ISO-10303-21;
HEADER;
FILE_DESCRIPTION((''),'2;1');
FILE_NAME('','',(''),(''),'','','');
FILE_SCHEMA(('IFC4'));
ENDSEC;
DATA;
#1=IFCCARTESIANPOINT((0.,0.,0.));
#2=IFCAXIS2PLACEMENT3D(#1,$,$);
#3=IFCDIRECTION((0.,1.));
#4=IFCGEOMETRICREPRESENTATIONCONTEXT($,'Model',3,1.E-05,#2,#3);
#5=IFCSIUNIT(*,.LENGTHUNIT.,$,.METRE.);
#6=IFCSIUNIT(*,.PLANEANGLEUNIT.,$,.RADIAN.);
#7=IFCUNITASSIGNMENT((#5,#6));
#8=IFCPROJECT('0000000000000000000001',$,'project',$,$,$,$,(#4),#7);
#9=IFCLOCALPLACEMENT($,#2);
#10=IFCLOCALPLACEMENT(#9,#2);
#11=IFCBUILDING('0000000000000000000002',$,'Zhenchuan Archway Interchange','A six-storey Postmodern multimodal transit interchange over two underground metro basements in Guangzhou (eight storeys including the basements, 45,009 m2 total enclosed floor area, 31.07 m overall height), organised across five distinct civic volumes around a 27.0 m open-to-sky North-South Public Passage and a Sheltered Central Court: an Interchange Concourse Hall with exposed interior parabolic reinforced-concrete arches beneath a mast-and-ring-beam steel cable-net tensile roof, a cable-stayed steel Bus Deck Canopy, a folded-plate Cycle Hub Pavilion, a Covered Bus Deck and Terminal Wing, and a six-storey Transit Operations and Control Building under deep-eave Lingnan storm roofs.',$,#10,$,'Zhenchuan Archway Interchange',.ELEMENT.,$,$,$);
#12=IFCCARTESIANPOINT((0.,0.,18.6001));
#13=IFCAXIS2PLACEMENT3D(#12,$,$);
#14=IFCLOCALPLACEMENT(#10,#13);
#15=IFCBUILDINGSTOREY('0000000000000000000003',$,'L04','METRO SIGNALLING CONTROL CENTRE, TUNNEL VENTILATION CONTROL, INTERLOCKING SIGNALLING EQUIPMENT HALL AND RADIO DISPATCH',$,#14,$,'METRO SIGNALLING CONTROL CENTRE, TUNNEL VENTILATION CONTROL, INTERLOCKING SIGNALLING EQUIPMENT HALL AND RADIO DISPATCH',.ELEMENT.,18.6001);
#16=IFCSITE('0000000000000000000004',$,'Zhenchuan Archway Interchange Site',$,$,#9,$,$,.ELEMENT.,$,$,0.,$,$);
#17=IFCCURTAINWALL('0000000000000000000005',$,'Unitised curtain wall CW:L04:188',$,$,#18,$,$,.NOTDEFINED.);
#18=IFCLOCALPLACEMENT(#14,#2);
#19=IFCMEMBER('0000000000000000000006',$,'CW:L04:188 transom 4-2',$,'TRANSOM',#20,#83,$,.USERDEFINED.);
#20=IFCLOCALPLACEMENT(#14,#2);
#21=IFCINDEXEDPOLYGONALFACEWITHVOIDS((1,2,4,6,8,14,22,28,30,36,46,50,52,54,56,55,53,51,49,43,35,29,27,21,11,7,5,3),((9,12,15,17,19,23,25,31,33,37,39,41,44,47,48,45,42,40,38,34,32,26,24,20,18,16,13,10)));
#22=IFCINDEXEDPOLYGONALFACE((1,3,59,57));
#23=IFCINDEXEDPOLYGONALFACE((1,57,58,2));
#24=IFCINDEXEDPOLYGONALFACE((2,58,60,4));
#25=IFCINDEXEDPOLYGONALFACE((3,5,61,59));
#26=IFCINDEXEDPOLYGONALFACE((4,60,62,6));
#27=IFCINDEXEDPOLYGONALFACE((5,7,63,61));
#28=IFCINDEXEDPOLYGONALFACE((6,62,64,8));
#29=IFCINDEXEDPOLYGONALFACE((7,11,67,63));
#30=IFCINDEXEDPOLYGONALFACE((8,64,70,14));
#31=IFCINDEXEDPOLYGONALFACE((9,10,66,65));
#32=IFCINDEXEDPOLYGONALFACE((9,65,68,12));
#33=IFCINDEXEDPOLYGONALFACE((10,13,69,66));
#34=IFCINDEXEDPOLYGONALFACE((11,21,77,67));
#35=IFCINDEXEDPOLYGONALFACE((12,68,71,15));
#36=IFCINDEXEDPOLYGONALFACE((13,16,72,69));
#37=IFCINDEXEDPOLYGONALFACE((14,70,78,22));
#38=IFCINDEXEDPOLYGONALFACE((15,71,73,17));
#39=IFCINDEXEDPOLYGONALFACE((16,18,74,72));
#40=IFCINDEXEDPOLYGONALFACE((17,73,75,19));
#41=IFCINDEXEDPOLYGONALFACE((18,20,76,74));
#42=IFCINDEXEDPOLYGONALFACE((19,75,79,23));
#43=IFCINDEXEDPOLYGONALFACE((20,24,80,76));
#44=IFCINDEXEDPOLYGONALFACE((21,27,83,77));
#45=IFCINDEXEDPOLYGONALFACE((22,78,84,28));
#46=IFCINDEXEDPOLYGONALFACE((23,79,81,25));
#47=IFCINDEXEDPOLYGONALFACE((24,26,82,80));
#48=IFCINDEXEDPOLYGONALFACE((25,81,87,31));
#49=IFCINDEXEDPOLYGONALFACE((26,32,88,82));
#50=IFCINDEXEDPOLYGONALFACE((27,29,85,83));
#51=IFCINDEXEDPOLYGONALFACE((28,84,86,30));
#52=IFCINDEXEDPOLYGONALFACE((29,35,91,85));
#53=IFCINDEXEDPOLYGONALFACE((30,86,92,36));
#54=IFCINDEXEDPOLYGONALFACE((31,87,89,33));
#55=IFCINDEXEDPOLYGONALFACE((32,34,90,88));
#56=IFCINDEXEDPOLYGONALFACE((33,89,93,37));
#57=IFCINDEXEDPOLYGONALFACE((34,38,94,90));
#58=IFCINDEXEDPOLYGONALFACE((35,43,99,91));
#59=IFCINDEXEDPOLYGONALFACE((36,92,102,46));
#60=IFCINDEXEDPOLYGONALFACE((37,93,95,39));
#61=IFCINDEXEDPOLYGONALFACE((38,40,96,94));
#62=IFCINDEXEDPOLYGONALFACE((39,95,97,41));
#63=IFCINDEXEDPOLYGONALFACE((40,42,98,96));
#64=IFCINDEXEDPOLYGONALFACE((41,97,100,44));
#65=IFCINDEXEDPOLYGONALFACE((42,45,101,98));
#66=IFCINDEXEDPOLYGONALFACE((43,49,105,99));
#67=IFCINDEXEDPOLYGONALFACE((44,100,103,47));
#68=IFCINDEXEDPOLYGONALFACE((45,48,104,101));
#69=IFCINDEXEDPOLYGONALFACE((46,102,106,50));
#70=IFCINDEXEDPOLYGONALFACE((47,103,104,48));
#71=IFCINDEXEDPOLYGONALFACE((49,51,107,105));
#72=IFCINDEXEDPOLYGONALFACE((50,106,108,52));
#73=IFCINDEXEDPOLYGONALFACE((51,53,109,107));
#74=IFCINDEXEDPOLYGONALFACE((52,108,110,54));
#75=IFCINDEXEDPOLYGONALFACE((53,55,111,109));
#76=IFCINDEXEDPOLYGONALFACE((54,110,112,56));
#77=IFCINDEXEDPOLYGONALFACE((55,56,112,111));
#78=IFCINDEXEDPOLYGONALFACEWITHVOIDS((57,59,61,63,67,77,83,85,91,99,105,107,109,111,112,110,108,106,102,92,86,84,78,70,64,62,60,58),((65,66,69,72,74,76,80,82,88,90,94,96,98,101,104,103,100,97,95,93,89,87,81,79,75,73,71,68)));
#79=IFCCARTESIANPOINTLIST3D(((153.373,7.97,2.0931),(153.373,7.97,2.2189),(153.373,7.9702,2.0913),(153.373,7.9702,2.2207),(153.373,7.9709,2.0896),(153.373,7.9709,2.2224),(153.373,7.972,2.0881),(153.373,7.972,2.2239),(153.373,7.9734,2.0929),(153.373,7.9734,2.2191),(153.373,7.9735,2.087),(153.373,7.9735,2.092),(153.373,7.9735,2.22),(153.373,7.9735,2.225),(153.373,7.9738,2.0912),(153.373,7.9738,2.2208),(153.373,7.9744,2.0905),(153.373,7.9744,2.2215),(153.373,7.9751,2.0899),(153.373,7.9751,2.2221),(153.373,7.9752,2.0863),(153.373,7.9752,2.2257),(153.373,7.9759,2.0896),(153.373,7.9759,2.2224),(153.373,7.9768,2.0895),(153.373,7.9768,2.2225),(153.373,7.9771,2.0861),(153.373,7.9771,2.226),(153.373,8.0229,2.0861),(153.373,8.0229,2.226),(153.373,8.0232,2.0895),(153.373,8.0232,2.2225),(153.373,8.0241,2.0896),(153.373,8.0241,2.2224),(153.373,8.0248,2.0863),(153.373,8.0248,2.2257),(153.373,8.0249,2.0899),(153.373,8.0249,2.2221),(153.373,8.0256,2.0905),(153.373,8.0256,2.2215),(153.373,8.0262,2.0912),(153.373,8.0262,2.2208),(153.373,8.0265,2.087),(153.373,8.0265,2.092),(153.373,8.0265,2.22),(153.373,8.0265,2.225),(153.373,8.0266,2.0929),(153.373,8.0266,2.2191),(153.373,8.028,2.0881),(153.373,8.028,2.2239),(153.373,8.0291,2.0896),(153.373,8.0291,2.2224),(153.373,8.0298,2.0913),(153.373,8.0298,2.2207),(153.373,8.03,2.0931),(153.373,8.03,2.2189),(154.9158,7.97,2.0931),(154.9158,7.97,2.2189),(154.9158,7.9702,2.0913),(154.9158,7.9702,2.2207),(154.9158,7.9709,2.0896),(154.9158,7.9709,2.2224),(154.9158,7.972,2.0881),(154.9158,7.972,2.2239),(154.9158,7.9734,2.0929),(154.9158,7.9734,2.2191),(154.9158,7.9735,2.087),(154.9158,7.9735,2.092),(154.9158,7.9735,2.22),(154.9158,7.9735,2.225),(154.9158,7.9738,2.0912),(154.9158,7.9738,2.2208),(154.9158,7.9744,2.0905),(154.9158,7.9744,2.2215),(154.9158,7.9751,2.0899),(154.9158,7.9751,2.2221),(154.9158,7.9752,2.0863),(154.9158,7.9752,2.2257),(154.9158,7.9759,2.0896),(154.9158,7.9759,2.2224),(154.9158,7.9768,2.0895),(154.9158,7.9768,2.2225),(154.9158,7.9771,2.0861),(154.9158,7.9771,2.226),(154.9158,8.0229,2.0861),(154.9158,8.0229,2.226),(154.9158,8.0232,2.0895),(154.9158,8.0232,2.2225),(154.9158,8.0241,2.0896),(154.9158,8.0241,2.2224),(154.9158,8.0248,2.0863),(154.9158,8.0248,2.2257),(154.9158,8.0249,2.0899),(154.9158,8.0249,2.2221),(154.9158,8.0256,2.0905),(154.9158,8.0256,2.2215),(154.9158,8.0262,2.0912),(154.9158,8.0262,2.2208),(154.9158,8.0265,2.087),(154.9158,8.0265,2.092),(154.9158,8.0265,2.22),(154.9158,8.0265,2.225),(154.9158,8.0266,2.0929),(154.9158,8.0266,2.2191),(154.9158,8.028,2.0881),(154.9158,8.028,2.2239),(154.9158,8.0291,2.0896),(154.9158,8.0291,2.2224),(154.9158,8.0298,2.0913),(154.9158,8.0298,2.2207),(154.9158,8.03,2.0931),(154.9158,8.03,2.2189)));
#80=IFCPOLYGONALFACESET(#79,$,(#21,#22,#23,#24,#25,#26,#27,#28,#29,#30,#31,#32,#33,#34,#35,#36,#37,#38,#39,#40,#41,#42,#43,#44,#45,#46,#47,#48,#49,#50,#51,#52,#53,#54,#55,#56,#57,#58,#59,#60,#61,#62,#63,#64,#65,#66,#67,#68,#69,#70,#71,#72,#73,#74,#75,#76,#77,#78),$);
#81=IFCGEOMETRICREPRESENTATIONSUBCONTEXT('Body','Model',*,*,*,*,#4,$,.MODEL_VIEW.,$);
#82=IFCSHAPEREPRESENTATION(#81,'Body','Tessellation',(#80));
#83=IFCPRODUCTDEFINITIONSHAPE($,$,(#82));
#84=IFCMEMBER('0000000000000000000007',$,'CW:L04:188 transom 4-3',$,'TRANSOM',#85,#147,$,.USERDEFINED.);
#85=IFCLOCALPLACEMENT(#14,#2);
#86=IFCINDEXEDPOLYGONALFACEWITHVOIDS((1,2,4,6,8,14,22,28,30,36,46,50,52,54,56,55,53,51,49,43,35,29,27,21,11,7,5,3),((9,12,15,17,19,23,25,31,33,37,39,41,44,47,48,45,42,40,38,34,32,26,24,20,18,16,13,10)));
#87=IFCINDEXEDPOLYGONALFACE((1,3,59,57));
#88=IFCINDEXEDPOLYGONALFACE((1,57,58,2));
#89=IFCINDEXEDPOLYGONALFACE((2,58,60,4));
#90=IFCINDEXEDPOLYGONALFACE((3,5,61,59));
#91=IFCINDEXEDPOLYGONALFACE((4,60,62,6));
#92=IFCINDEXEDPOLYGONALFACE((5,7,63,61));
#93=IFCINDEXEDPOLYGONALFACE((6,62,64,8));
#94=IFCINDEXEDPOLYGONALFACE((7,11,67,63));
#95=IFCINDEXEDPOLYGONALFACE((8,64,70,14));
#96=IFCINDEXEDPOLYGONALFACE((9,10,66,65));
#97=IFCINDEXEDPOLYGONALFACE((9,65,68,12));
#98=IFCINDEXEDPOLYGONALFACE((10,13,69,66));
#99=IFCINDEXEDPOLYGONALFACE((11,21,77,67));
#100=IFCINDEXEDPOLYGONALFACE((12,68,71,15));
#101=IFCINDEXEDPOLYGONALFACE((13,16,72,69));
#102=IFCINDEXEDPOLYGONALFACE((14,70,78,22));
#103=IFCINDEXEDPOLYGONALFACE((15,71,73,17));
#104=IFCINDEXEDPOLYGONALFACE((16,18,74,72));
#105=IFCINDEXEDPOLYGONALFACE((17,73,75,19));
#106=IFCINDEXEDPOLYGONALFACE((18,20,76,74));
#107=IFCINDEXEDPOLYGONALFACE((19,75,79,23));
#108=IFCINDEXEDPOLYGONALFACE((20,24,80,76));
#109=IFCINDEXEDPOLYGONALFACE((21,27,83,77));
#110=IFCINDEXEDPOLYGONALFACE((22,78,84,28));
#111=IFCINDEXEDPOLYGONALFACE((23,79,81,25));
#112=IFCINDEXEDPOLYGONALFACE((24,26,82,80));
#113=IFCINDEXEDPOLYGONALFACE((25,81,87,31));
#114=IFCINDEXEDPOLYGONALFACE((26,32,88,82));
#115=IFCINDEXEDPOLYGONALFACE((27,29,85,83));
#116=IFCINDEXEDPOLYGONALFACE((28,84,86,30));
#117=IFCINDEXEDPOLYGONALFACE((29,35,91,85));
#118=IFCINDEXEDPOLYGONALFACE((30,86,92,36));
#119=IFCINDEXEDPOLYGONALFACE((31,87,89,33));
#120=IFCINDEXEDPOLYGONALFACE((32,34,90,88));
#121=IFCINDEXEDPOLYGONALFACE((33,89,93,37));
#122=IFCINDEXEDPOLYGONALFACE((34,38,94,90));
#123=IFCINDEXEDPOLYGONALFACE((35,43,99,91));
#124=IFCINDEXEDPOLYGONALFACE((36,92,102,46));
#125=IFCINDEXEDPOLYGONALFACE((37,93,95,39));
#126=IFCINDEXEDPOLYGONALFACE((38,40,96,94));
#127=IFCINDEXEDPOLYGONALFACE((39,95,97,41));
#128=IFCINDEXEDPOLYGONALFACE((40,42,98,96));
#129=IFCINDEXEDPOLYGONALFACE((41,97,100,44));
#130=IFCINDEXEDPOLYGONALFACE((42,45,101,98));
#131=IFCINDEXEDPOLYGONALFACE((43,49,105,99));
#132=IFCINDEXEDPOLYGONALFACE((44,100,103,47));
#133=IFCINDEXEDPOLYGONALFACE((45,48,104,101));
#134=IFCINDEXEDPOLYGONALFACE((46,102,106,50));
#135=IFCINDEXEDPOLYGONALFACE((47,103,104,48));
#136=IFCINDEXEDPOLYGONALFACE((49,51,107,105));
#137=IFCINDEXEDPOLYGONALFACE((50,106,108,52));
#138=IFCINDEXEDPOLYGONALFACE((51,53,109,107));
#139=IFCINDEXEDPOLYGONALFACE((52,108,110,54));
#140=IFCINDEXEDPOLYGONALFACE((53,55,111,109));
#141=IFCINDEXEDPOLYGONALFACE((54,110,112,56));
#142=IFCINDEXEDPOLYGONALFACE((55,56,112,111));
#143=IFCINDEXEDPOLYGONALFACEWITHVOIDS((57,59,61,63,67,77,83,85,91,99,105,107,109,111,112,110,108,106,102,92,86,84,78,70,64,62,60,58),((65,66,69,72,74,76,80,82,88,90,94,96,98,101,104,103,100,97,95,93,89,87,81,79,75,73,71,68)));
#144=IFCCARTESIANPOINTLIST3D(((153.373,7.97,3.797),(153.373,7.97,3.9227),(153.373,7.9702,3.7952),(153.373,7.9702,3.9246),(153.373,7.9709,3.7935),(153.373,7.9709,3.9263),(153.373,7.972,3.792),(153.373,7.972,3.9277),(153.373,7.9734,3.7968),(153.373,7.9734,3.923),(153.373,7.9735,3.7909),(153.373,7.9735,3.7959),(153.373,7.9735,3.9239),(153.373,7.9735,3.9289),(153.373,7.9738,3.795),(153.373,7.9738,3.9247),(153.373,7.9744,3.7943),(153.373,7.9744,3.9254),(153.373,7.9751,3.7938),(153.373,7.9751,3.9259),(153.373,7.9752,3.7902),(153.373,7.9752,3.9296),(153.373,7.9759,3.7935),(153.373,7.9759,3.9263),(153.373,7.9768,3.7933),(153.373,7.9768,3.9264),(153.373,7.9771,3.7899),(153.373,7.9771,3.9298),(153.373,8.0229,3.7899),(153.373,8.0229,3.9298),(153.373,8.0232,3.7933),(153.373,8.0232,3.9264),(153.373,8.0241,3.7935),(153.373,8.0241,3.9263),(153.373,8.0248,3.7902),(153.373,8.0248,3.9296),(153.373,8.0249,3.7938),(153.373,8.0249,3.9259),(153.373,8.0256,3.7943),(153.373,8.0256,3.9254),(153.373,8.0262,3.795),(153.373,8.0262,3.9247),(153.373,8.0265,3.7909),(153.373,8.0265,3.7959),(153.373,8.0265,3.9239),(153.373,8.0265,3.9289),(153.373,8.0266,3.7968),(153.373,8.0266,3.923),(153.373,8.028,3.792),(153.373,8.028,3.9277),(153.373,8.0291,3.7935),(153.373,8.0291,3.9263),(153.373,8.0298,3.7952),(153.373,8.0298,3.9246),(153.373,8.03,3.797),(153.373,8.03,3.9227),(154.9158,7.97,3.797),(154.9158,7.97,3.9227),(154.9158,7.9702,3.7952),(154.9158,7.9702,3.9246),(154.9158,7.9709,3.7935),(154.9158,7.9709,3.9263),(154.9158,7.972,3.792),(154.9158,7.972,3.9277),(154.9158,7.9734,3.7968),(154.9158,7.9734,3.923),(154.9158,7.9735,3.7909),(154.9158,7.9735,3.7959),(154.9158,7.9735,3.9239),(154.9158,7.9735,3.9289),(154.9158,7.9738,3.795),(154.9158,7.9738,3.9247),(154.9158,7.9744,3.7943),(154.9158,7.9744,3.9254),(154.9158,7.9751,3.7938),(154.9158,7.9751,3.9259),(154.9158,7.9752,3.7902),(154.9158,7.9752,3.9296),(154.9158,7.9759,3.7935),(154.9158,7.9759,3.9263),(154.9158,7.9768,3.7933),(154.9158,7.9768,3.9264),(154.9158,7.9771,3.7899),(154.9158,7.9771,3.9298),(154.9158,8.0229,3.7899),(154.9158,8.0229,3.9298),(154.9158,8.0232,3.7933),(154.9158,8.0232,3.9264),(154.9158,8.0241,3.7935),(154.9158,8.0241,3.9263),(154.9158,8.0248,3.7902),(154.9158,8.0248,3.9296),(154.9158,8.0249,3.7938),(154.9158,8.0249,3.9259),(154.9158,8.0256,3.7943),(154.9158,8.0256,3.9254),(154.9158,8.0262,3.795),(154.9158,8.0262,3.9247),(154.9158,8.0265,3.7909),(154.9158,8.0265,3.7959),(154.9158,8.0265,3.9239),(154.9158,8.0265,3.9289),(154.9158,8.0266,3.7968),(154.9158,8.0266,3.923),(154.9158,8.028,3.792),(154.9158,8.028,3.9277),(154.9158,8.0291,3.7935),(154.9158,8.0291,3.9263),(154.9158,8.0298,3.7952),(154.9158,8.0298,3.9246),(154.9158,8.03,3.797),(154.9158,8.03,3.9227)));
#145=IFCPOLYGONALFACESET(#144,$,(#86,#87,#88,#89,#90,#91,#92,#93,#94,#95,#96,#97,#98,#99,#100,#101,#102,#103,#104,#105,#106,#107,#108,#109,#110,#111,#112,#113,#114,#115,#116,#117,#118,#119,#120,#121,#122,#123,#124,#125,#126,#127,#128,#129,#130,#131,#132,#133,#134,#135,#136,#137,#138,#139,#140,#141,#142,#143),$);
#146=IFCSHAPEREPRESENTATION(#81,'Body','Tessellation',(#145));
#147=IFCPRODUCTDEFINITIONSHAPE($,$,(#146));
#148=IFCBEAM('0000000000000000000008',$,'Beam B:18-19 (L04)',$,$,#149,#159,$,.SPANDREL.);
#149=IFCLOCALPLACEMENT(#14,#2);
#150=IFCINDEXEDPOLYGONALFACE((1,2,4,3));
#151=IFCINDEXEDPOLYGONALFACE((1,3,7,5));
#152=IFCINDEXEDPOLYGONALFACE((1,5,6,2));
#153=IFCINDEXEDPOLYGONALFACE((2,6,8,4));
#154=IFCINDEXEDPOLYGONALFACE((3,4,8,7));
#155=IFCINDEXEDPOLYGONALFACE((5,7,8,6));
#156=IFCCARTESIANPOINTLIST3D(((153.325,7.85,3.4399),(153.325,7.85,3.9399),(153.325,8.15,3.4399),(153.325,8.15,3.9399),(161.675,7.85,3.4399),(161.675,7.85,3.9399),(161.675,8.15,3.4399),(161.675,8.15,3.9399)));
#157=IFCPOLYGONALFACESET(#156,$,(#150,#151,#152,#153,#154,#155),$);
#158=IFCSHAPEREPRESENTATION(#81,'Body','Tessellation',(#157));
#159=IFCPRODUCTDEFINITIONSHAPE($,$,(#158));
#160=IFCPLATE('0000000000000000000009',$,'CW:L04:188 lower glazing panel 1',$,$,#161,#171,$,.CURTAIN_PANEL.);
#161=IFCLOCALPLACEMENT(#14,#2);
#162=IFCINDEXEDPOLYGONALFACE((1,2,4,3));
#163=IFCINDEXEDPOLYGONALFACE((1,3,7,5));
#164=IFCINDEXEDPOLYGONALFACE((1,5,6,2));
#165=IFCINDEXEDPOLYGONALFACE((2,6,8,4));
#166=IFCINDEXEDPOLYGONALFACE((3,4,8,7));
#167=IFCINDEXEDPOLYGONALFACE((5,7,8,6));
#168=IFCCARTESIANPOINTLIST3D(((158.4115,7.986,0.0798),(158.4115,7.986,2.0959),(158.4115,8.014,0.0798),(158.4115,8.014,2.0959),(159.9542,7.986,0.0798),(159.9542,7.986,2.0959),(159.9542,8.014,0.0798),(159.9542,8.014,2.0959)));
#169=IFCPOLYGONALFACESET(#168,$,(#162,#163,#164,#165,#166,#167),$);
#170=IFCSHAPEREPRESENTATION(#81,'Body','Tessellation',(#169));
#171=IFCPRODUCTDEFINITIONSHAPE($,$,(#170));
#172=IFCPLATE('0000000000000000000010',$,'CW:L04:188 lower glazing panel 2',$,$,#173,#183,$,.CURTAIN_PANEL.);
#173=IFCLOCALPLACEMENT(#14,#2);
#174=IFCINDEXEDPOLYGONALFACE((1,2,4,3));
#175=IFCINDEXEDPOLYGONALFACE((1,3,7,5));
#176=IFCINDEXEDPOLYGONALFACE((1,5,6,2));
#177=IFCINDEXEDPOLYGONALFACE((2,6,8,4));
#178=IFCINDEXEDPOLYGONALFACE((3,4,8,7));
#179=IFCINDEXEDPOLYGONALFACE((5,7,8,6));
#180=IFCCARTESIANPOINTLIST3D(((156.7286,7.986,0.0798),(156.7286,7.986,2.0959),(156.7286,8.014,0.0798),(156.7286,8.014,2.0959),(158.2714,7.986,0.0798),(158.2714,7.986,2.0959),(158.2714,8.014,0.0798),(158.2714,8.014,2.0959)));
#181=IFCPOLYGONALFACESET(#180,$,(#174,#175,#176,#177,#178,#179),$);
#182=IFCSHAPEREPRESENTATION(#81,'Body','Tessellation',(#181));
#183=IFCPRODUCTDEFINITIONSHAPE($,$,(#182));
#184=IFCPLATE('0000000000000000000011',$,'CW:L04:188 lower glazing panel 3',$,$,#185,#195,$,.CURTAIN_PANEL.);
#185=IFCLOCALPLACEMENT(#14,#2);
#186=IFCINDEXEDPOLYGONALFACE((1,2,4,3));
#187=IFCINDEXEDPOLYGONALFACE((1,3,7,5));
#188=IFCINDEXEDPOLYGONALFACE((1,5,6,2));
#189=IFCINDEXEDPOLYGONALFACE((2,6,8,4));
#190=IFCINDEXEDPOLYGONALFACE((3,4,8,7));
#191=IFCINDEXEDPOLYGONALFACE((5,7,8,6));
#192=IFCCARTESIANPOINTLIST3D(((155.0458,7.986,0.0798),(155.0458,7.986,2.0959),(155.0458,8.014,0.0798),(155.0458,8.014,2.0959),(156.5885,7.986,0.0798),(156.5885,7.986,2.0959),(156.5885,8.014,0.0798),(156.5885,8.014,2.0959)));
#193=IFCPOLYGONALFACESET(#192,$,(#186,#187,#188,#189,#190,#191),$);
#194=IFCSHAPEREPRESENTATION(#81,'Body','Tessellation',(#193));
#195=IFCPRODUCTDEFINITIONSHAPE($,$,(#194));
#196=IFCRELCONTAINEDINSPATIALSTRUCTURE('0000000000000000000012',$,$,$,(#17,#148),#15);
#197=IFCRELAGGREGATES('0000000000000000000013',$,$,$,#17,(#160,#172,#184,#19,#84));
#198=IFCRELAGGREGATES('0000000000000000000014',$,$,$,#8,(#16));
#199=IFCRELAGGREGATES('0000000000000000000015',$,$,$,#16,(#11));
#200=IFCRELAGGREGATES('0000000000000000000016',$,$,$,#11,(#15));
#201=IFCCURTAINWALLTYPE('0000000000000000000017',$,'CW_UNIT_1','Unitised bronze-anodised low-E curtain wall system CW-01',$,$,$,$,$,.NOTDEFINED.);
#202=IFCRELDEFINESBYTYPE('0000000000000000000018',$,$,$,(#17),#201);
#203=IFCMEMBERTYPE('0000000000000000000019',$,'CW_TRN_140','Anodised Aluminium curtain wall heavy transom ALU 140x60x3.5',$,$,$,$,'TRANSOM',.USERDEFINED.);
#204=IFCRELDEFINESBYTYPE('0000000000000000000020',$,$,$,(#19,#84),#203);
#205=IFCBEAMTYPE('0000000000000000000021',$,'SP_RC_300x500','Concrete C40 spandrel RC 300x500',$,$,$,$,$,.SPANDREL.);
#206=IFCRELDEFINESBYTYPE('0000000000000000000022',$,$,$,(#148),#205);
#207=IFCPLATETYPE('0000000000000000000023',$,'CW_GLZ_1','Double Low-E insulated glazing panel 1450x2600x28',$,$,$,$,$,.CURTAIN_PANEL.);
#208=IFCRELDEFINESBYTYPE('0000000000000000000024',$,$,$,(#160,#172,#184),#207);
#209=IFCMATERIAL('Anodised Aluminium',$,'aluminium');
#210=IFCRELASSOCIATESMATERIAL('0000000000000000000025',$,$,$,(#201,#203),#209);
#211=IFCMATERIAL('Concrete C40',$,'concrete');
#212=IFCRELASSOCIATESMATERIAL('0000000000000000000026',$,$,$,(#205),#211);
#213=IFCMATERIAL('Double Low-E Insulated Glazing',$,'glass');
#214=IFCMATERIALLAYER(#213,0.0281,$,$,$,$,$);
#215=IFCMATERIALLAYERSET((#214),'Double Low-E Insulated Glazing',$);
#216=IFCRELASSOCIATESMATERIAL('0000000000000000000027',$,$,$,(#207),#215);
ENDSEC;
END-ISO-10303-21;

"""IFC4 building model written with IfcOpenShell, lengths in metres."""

from ifc_helpers import new_model, si_unit, direction, frame, origin, origin_2d, place, context, subcontext, project, spatial, rectangle, hollow_rectangle, extrude, material, layer, layer_set, material_profile, profile_set, type_object, element, aggregate, save


model = new_model("IFC4")

# Units and contexts
model_context = context("Model", 3, precision=1e-05, world=origin(), true_north=direction((0.0, 1.0)))
body_context = subcontext(model_context, "Body", "Model", "MODEL_VIEW")
ifc_project = project(units=[si_unit("LENGTHUNIT", "METRE"), si_unit("PLANEANGLEUNIT", "RADIAN")], contexts=[model_context])

# Site, building, storey
site_placement = place(None, origin())
site = spatial("IfcSite", under=ifc_project, at=site_placement, Name="Zhenchuan Archway Interchange Site", CompositionType="ELEMENT", RefElevation=0.0)
building_placement = place(site_placement, origin())
building = spatial("IfcBuilding", under=site, at=building_placement, Name="Zhenchuan Archway Interchange", Description="A six-storey Postmodern multimodal transit interchange over two underground metro basements in Guangzhou (eight storeys including the basements, 45,009 m2 total enclosed floor area, 31.07 m overall height), organised across five distinct civic volumes around a 27.0 m open-to-sky North-South Public Passage and a Sheltered Central Court: an Interchange Concourse Hall with exposed interior parabolic reinforced-concrete arches beneath a mast-and-ring-beam steel cable-net tensile roof, a cable-stayed steel Bus Deck Canopy, a folded-plate Cycle Hub Pavilion, a Covered Bus Deck and Terminal Wing, and a six-storey Transit Operations and Control Building under deep-eave Lingnan storm roofs.", LongName="Zhenchuan Archway Interchange", CompositionType="ELEMENT")
storey_placement = place(building_placement, frame((0.0, 0.0, 18.6001)))
storey = spatial("IfcBuildingStorey", under=building, at=storey_placement, Name="L04", Description="METRO SIGNALLING CONTROL CENTRE, TUNNEL VENTILATION CONTROL, INTERLOCKING SIGNALLING EQUIPMENT HALL AND RADIO DISPATCH", LongName="METRO SIGNALLING CONTROL CENTRE, TUNNEL VENTILATION CONTROL, INTERLOCKING SIGNALLING EQUIPMENT HALL AND RADIO DISPATCH", CompositionType="ELEMENT", Elevation=18.6001)

# Curtain wall, members
ifc_material_1 = material(Name="Anodised Aluminium", Category="aluminium")
curtain_wall_type = type_object("IfcCurtainWallType", Name="CW_UNIT_1", Description="Unitised bronze-anodised low-E curtain wall system CW-01", PredefinedType="NOTDEFINED", material=ifc_material_1)
curtain_wall_placement = place(storey_placement, origin())
curtain_wall = element("IfcCurtainWall", 1, at=curtain_wall_placement, inside=storey, type_object=curtain_wall_type, Name="Unitised curtain wall CW:L04:188", PredefinedType="NOTDEFINED")
ifc_material_profile_1 = material_profile(ifc_material_1, hollow_rectangle(XDim=0.0601, YDim=0.1399, WallThickness=0.0034, InnerFilletRadius=0.0034, OuterFilletRadius=0.0071, at=origin_2d()), Name="ALU 140x60x3.5")
ifc_profile_set_1 = profile_set([ifc_material_profile_1], Name="Anodised Aluminium")
member_type_1 = type_object("IfcMemberType", Name="CW_TRN_140", Description="Anodised Aluminium curtain wall heavy transom ALU 140x60x3.5", ElementType="TRANSOM", PredefinedType="USERDEFINED", material=ifc_profile_set_1)
member_1_placement = place(storey_placement, frame((154.9158, 8.0, 2.156), z_axis=(-1.0, 0.0, 0.0), x_axis=(0.0, -1.0, 0.0)))
member_1 = element("IfcMember", 2, at=member_1_placement, type_object=member_type_1, Name="CW:L04:188 transom 4-2", ObjectType="TRANSOM", PredefinedType="USERDEFINED", context=body_context, shape_type="SweptSolid", body=[
    extrude(hollow_rectangle(XDim=0.0601, YDim=0.1399, WallThickness=0.0034, InnerFilletRadius=0.0034, OuterFilletRadius=0.0071, at=origin_2d()), origin(), (0.0, 0.0, 1.0), 1.5427),
])
member_2_placement = place(storey_placement, frame((154.9158, 8.0, 3.8599), z_axis=(-1.0, 0.0, 0.0), x_axis=(0.0, -1.0, 0.0)))
member_2 = element("IfcMember", 3, at=member_2_placement, type_object=member_type_1, Name="CW:L04:188 transom 4-3", ObjectType="TRANSOM", PredefinedType="USERDEFINED", context=body_context, shape_type="SweptSolid", body=[
    extrude(hollow_rectangle(XDim=0.0601, YDim=0.1399, WallThickness=0.0034, InnerFilletRadius=0.0034, OuterFilletRadius=0.0071, at=origin_2d()), origin(), (0.0, 0.0, 1.0), 1.5427),
])

# Beam
ifc_material_2 = material(Name="Concrete C40", Category="concrete")
ifc_material_profile_2 = material_profile(ifc_material_2, rectangle(XDim=0.3, YDim=0.5, at=origin_2d()), Name="RC 300x500")
ifc_profile_set_2 = profile_set([ifc_material_profile_2], Name="Concrete C40")
beam_type = type_object("IfcBeamType", Name="SP_RC_300x500", Description="Concrete C40 spandrel RC 300x500", PredefinedType="SPANDREL", material=ifc_profile_set_2)
beam_placement = place(storey_placement, frame((153.325, 8.0, 3.6899), z_axis=(1.0, 0.0, 0.0), x_axis=(0.0, 1.0, 0.0)))
element("IfcBeam", 4, at=beam_placement, inside=storey, type_object=beam_type, Name="Beam B:18-19 (L04)", PredefinedType="SPANDREL", context=body_context, shape_type="SweptSolid", body=[
    extrude(rectangle(XDim=0.3, YDim=0.5, at=origin_2d()), origin(), (0.0, 0.0, 1.0), 8.3501),
])

# Plates
ifc_material_3 = material(Name="Double Low-E Insulated Glazing", Category="glass")
ifc_layer_1 = layer(ifc_material_3, 0.0281)
ifc_layer_set_1 = layer_set([ifc_layer_1], Name="Double Low-E Insulated Glazing")
plate_type_1 = type_object("IfcPlateType", Name="CW_GLZ_1", Description="Double Low-E insulated glazing panel 1450x2600x28", PredefinedType="CURTAIN_PANEL", material=ifc_layer_set_1)
plate_1_placement = place(storey_placement, frame((159.1829, 8.0, 0.0798), z_axis=(0.0, 0.0, 1.0), x_axis=(-1.0, 0.0, 0.0)))
plate_1 = element("IfcPlate", 5, at=plate_1_placement, type_object=plate_type_1, Name="CW:L04:188 lower glazing panel 1", PredefinedType="CURTAIN_PANEL", context=body_context, shape_type="SweptSolid", body=[
    extrude(rectangle(XDim=1.5427, YDim=0.0281, at=origin_2d()), origin(), (0.0, 0.0, 1.0), 2.0161),
])
plate_2_placement = place(storey_placement, frame((157.5, 8.0, 0.0798), z_axis=(0.0, 0.0, 1.0), x_axis=(-1.0, 0.0, 0.0)))
plate_2 = element("IfcPlate", 6, at=plate_2_placement, type_object=plate_type_1, Name="CW:L04:188 lower glazing panel 2", PredefinedType="CURTAIN_PANEL", context=body_context, shape_type="SweptSolid", body=[
    extrude(rectangle(XDim=1.5427, YDim=0.0281, at=origin_2d()), origin(), (0.0, 0.0, 1.0), 2.0161),
])
plate_3_placement = place(storey_placement, frame((155.8171, 8.0, 0.0798), z_axis=(0.0, 0.0, 1.0), x_axis=(-1.0, 0.0, 0.0)))
plate_3 = element("IfcPlate", 7, at=plate_3_placement, type_object=plate_type_1, Name="CW:L04:188 lower glazing panel 3", PredefinedType="CURTAIN_PANEL", context=body_context, shape_type="SweptSolid", body=[
    extrude(rectangle(XDim=1.5427, YDim=0.0281, at=origin_2d()), origin(), (0.0, 0.0, 1.0), 2.0161),
])
aggregate(curtain_wall, [plate_1, plate_2, plate_3, member_1, member_2])

save(model, "model.ifc")
